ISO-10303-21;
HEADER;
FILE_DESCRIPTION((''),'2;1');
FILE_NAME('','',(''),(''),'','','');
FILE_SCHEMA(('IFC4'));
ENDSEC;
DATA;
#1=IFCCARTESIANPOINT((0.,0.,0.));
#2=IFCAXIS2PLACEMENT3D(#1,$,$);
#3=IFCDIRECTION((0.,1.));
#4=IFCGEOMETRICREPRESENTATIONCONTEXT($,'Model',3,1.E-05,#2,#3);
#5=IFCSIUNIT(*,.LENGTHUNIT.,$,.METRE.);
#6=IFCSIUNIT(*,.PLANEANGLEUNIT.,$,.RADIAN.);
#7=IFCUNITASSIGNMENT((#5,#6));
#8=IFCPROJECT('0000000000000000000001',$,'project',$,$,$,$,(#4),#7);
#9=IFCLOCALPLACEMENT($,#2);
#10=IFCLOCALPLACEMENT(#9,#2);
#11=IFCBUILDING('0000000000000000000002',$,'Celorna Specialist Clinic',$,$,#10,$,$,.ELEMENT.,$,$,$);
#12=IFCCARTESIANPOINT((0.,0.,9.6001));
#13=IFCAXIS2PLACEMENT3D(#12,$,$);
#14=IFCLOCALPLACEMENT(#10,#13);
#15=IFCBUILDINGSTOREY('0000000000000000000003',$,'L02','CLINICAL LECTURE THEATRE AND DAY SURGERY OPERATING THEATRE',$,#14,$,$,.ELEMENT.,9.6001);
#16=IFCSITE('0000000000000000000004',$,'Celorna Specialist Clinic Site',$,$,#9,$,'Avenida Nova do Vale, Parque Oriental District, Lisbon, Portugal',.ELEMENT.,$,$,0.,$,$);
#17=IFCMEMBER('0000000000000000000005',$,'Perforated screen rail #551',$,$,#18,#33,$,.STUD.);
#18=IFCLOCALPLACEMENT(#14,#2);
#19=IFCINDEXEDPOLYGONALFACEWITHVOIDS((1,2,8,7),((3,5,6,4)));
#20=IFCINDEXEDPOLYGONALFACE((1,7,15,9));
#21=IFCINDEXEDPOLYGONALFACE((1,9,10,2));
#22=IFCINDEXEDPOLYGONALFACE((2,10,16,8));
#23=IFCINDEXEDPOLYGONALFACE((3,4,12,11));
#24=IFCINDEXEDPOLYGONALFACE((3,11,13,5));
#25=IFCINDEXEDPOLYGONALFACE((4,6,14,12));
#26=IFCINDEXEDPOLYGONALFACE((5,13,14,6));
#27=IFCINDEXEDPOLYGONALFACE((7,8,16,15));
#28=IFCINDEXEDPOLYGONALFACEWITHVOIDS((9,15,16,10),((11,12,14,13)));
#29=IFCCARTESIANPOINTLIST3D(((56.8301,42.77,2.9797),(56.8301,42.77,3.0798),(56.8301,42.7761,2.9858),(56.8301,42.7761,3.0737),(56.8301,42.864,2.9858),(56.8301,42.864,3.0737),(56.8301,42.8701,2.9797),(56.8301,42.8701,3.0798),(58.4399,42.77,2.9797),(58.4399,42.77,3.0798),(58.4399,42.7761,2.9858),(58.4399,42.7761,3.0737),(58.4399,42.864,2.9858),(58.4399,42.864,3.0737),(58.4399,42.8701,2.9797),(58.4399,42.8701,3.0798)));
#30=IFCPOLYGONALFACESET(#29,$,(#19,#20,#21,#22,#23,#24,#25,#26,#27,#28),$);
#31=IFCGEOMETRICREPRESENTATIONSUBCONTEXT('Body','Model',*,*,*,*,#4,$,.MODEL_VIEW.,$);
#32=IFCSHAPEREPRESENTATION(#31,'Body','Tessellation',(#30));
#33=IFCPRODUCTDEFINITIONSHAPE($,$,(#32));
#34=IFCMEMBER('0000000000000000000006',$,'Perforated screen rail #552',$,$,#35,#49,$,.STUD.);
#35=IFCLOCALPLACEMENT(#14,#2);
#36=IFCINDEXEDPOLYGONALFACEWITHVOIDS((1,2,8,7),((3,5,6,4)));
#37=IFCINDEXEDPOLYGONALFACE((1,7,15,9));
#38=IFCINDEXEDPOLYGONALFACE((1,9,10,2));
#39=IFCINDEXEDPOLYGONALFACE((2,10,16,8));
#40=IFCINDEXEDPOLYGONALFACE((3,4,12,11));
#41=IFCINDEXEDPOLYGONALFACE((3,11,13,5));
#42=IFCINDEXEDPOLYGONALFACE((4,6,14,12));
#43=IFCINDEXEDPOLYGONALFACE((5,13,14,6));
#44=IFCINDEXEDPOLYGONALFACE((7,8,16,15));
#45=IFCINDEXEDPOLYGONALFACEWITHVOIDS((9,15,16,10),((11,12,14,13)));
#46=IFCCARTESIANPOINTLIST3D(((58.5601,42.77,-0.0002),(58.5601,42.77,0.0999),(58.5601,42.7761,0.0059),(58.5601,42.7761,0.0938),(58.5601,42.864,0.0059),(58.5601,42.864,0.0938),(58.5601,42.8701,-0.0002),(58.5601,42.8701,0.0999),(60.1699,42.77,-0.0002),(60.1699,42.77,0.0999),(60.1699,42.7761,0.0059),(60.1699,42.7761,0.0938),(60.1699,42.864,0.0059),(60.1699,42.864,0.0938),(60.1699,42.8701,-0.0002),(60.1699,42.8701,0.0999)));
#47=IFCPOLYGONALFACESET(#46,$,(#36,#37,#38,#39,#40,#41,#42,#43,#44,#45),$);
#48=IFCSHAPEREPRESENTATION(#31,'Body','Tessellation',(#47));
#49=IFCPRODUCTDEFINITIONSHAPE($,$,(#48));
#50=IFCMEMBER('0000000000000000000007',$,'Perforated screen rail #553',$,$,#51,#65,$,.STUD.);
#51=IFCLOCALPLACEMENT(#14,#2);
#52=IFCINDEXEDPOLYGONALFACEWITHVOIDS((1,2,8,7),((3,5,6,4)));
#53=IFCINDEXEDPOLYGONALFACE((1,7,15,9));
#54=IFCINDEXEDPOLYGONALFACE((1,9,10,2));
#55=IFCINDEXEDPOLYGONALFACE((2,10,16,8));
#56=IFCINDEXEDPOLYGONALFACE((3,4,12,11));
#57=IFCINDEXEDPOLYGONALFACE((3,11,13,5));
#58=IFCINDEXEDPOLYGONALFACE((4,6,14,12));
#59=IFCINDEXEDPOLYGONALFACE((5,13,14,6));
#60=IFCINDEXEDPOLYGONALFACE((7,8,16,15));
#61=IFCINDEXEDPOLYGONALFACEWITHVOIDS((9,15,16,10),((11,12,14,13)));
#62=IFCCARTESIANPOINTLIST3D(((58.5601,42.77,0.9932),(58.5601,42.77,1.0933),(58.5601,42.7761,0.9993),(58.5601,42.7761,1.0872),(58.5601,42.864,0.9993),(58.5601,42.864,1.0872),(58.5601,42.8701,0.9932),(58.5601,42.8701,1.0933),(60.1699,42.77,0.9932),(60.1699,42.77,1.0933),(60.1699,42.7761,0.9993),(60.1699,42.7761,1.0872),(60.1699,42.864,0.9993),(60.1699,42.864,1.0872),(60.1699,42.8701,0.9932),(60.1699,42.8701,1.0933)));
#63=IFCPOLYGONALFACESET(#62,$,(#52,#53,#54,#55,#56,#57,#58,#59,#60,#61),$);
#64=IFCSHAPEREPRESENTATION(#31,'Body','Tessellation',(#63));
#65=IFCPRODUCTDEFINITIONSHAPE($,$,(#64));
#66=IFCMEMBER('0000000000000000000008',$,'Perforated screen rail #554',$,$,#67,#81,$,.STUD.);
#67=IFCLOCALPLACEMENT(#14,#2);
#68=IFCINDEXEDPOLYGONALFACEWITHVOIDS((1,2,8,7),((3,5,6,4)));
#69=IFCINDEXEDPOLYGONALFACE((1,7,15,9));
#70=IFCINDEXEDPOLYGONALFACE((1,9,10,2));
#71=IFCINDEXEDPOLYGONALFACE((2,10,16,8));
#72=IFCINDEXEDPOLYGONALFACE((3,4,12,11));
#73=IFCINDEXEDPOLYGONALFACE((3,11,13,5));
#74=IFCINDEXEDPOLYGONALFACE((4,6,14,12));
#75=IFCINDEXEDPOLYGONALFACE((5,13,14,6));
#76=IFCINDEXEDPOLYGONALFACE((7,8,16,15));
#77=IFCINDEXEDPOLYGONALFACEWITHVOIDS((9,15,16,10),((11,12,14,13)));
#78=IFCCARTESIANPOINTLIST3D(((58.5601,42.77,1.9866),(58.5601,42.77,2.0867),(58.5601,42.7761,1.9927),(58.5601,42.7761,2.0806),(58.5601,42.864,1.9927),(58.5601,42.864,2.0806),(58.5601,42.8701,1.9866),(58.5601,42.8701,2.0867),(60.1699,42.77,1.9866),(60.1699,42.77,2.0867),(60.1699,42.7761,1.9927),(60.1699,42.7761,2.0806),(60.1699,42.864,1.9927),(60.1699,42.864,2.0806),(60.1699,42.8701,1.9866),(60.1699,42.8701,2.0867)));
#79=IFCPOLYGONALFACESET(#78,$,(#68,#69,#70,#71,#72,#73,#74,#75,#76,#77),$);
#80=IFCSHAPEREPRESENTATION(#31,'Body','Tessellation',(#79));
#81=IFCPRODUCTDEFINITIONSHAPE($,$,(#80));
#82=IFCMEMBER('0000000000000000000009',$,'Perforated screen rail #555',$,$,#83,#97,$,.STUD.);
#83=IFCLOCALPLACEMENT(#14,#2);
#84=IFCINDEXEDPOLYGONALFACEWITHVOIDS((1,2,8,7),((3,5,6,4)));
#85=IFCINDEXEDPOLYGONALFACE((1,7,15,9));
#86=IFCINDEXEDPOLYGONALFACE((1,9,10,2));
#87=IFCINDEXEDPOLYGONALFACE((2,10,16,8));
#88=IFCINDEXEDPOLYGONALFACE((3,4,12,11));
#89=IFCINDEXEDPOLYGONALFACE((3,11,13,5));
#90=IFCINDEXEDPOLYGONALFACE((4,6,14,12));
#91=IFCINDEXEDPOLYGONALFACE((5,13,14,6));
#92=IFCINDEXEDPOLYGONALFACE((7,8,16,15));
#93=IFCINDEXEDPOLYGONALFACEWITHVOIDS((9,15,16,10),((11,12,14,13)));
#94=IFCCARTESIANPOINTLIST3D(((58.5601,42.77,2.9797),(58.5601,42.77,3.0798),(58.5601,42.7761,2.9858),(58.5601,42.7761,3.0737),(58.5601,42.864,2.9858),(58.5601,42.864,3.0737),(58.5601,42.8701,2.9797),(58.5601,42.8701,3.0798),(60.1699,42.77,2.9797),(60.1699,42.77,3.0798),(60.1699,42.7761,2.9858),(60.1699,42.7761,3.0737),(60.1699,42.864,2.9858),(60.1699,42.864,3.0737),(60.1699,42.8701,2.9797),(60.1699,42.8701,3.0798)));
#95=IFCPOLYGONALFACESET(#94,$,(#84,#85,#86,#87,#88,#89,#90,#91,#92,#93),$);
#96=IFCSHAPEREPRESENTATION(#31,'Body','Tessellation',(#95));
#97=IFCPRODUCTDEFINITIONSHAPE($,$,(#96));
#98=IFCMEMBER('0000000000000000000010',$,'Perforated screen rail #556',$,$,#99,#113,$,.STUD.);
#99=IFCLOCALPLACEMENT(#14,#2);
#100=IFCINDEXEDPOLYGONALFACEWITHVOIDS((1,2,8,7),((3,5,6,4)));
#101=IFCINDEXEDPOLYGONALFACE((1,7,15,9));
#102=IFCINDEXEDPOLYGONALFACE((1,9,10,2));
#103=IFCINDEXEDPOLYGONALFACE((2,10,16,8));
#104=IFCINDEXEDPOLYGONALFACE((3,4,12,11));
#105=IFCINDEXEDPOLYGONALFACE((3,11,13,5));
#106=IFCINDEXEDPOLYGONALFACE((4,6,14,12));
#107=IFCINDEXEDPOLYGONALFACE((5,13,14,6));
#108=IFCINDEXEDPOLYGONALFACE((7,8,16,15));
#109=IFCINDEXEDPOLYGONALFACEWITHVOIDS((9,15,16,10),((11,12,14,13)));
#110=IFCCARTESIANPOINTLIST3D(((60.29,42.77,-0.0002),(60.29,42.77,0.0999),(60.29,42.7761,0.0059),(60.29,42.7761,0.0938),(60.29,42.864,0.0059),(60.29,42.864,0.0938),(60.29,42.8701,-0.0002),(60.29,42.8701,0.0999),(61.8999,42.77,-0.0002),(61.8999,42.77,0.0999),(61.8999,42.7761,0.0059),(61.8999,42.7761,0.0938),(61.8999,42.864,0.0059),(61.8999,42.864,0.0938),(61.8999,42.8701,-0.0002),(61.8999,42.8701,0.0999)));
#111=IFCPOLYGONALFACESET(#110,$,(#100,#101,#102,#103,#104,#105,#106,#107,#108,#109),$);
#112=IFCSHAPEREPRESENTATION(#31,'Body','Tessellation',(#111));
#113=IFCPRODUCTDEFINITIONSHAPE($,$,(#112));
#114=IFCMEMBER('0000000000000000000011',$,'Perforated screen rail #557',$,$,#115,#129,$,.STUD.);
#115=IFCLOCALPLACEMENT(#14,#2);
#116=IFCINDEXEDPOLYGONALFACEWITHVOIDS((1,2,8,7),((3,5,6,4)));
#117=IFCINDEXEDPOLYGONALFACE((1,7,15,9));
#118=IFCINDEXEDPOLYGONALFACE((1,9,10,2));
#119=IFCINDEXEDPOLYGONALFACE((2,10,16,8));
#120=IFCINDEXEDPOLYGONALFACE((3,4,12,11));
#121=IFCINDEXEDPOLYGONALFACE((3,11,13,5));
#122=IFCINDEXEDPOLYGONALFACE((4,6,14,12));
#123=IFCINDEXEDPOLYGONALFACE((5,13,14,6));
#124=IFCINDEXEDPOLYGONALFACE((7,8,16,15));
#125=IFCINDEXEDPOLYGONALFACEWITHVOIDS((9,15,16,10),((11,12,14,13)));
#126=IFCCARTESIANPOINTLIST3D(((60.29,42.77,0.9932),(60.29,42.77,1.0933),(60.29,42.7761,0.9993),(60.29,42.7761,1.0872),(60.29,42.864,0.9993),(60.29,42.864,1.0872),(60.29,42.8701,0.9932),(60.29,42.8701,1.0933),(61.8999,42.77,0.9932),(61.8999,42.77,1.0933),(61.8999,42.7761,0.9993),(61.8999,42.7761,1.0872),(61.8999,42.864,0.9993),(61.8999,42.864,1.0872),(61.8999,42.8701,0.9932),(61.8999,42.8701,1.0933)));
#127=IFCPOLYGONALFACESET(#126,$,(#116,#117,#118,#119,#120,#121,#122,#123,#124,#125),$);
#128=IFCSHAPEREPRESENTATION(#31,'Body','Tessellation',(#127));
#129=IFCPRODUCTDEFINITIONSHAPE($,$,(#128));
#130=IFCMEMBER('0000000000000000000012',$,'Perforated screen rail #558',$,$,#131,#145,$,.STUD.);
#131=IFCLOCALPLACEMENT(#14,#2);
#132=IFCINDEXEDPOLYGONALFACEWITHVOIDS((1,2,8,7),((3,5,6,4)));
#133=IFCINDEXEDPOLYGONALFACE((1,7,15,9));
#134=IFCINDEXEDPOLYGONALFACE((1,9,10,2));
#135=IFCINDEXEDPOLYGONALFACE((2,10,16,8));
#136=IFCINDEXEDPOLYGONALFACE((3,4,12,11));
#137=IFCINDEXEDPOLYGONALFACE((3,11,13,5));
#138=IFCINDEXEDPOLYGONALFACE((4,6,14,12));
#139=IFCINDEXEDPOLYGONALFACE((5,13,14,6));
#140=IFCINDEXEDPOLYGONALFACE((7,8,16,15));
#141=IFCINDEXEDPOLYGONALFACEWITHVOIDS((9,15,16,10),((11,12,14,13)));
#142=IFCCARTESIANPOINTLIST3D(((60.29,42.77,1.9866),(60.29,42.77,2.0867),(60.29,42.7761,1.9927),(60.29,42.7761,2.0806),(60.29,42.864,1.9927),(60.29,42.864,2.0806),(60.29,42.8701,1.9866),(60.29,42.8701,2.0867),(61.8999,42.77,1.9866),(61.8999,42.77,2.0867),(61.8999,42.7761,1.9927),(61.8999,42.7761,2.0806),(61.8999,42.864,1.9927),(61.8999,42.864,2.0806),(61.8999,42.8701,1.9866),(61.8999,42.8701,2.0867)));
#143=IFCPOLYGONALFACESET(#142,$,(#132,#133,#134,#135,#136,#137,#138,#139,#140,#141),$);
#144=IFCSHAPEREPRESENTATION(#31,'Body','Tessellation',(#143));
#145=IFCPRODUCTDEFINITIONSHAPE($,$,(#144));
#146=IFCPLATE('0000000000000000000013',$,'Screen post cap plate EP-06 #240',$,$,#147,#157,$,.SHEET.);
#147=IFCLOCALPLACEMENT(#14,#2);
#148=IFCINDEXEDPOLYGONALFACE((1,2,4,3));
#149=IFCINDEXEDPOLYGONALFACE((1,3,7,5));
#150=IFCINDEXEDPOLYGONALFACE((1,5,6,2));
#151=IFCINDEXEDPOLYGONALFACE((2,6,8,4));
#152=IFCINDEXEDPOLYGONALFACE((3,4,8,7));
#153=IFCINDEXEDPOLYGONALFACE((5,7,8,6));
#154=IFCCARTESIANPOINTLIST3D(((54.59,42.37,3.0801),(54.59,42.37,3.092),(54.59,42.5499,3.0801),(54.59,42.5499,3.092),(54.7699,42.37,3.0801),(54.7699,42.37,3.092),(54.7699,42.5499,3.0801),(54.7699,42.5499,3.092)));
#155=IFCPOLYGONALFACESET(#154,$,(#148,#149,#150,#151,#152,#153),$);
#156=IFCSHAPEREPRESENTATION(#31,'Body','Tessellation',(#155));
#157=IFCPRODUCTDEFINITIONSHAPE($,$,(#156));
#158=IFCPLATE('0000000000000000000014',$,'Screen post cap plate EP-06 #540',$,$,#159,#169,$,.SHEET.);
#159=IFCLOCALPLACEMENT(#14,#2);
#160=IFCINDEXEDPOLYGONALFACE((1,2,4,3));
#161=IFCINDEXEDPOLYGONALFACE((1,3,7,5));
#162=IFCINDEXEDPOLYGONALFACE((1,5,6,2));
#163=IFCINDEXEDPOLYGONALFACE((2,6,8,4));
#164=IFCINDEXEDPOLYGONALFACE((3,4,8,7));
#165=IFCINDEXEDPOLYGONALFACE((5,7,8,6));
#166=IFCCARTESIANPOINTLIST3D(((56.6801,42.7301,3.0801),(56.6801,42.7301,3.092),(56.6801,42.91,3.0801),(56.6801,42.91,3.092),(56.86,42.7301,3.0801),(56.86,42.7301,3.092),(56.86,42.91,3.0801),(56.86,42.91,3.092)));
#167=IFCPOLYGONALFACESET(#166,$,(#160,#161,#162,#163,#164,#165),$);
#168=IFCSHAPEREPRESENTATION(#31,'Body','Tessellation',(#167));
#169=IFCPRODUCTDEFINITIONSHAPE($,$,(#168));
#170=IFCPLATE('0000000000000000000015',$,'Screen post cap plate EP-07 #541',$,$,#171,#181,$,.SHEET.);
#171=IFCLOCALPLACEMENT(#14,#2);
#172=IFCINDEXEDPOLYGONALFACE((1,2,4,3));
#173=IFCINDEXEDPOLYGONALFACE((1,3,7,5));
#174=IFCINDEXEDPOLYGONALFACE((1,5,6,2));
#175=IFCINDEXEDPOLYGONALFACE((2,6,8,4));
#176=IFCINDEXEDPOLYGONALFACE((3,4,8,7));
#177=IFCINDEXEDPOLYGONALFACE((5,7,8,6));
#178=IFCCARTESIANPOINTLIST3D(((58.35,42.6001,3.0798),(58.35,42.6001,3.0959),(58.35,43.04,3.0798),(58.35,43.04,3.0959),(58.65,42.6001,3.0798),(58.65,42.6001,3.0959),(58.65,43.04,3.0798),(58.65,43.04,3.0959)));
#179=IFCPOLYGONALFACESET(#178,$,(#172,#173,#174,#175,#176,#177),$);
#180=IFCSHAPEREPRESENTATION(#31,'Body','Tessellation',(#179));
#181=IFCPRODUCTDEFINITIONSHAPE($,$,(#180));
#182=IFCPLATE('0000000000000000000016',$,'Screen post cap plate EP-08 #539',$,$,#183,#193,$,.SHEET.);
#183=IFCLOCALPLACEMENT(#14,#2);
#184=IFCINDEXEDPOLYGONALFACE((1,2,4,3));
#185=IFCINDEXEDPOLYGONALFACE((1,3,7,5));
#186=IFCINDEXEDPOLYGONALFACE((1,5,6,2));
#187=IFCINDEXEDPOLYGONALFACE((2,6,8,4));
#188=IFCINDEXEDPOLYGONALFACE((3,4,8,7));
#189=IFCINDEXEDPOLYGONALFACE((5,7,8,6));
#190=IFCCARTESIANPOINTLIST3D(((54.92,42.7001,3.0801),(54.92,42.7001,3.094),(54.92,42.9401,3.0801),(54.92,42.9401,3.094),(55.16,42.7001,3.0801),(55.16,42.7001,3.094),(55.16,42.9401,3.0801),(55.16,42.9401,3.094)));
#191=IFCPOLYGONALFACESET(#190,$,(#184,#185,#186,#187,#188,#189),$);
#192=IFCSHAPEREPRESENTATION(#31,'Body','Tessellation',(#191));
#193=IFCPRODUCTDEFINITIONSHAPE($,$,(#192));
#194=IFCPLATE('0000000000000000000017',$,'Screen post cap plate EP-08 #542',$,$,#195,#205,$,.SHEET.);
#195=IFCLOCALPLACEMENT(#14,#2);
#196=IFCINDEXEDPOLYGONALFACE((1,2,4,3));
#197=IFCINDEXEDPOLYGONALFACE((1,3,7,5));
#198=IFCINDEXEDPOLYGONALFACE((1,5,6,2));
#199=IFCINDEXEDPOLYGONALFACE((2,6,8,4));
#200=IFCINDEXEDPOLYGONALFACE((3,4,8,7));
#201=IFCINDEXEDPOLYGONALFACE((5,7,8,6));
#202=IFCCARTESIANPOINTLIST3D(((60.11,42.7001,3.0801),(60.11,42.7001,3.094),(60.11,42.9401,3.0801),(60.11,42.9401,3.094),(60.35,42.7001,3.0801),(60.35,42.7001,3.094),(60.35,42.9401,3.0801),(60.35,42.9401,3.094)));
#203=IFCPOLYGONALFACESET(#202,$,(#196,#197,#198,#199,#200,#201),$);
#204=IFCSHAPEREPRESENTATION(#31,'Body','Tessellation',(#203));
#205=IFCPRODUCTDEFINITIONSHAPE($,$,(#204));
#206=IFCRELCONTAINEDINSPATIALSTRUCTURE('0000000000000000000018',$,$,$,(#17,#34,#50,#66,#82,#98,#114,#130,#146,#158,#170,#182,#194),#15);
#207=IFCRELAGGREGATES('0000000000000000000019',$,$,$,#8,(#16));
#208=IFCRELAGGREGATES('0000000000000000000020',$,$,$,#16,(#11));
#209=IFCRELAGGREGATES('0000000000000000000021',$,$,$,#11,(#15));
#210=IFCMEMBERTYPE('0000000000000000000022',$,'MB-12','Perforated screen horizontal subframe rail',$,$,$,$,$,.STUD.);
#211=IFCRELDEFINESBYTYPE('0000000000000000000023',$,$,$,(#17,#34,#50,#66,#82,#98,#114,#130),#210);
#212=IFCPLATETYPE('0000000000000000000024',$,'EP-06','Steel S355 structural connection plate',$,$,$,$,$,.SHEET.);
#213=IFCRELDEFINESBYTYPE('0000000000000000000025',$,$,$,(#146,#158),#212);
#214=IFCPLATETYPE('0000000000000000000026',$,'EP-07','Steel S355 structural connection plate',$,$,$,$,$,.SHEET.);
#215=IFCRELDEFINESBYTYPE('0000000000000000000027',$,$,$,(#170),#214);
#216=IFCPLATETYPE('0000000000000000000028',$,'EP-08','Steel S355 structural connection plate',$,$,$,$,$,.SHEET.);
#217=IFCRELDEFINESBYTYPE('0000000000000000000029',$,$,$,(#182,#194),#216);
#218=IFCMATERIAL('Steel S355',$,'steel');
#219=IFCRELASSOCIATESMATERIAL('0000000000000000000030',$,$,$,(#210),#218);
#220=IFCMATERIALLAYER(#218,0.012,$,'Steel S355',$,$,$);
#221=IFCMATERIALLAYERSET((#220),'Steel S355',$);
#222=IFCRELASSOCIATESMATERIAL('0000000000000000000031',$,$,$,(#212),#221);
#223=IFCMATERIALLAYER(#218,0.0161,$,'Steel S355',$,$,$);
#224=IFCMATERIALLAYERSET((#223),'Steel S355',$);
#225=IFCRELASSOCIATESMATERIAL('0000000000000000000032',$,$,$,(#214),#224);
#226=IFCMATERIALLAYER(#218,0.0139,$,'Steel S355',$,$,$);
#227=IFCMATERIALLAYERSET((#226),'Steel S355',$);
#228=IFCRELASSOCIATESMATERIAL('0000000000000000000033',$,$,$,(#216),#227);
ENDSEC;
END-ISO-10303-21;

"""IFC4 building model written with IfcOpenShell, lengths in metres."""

from ifc_helpers import new_model, si_unit, direction, frame, origin, origin_2d, place, context, subcontext, project, spatial, rectangle, hollow_rectangle, extrude, material, layer, layer_set, material_profile, profile_set, type_object, element, save


model = new_model("IFC4")

# Units and contexts
model_context = context("Model", 3, precision=1e-05, world=origin(), true_north=direction((0.0, 1.0)))
body_context = subcontext(model_context, "Body", "Model", "MODEL_VIEW")
ifc_project = project(units=[si_unit("LENGTHUNIT", "METRE"), si_unit("PLANEANGLEUNIT", "RADIAN")], contexts=[model_context])

# Site, building, storey
site_placement = place(None, origin())
site = spatial("IfcSite", under=ifc_project, at=site_placement, Name="Celorna Specialist Clinic Site", LongName="Avenida Nova do Vale, Parque Oriental District, Lisbon, Portugal", CompositionType="ELEMENT", RefElevation=0.0)
building_placement = place(site_placement, origin())
building = spatial("IfcBuilding", under=site, at=building_placement, Name="Celorna Specialist Clinic", CompositionType="ELEMENT")
storey_placement = place(building_placement, frame((0.0, 0.0, 9.6001)))
storey = spatial("IfcBuildingStorey", under=building, at=storey_placement, Name="L02", Description="CLINICAL LECTURE THEATRE AND DAY SURGERY OPERATING THEATRE", CompositionType="ELEMENT", Elevation=9.6001)

# Members
ifc_material_1 = material(Name="Steel S355", Category="steel")
ifc_material_profile_1 = material_profile(ifc_material_1, hollow_rectangle(XDim=0.1001, YDim=0.1001, WallThickness=0.0061, at=origin_2d()), Name="SHS 100x100x6")
ifc_profile_set_1 = profile_set([ifc_material_profile_1], Name="Steel S355")
member_type_1 = type_object("IfcMemberType", Name="MB-12", Description="Perforated screen horizontal subframe rail", PredefinedType="STUD", material=ifc_profile_set_1)
for number, where, z_axis, x_axis, name in (
    (1, (56.8301, 42.8201, 3.0298), (1.0, 0.0, 0.0), (0.0, 1.0, 0.0), "Perforated screen rail #551"),
    (2, (58.5601, 42.8201, 0.0498), (1.0, 0.0, 0.0), (0.0, 1.0, 0.0), "Perforated screen rail #552"),
    (3, (58.5601, 42.8201, 1.0432), (1.0, 0.0, 0.0), (0.0, 1.0, 0.0), "Perforated screen rail #553"),
    (4, (58.5601, 42.8201, 2.0366), (1.0, 0.0, 0.0), (0.0, 1.0, 0.0), "Perforated screen rail #554"),
    (5, (58.5601, 42.8201, 3.0298), (1.0, 0.0, 0.0), (0.0, 1.0, 0.0), "Perforated screen rail #555"),
    (6, (60.29, 42.8201, 0.0498), (1.0, 0.0, 0.0), (0.0, 1.0, 0.0), "Perforated screen rail #556"),
    (7, (60.29, 42.8201, 1.0432), (1.0, 0.0, 0.0), (0.0, 1.0, 0.0), "Perforated screen rail #557"),
    (8, (60.29, 42.8201, 2.0366), (1.0, 0.0, 0.0), (0.0, 1.0, 0.0), "Perforated screen rail #558"),
):
    element("IfcMember", number, at=place(storey_placement, frame(where, z_axis=z_axis, x_axis=x_axis)), inside=storey, type_object=member_type_1, Name=name, PredefinedType="STUD", context=body_context, shape_type="SweptSolid", body=[
        extrude(hollow_rectangle(XDim=0.1001, YDim=0.1001, WallThickness=0.0061, at=origin_2d()), origin(), (0.0, 0.0, 1.0), 1.6099),
    ])

# Plates
ifc_layer_1 = layer(ifc_material_1, 0.012, Name="Steel S355")
ifc_layer_set_1 = layer_set([ifc_layer_1], Name="Steel S355")
plate_type_1 = type_object("IfcPlateType", Name="EP-06", Description="Steel S355 structural connection plate", PredefinedType="SHEET", material=ifc_layer_set_1)
for number, where, z_axis, x_axis, name in (
    (9, (54.6799, 42.46, 3.0801), (0.0, 0.0, 1.0), (0.0, 1.0, 0.0), "Screen post cap plate EP-06 #240"),
    (10, (56.77, 42.8201, 3.0801), (0.0, 0.0, 1.0), (1.0, 0.0, 0.0), "Screen post cap plate EP-06 #540"),
):
    element("IfcPlate", number, at=place(storey_placement, frame(where, z_axis=z_axis, x_axis=x_axis)), inside=storey, type_object=plate_type_1, Name=name, PredefinedType="SHEET", context=body_context, shape_type="SweptSolid", body=[
        extrude(rectangle(XDim=0.1799, YDim=0.1799, at=origin_2d()), origin(), (0.0, 0.0, 1.0), 0.012),
    ])
ifc_layer_2 = layer(ifc_material_1, 0.0161, Name="Steel S355")
ifc_layer_set_2 = layer_set([ifc_layer_2], Name="Steel S355")
plate_type_2 = type_object("IfcPlateType", Name="EP-07", Description="Steel S355 structural connection plate", PredefinedType="SHEET", material=ifc_layer_set_2)
plate_placement = place(storey_placement, frame((58.5, 42.8201, 3.0798), z_axis=(0.0, 0.0, 1.0), x_axis=(1.0, 0.0, 0.0)))
element("IfcPlate", 11, at=plate_placement, inside=storey, type_object=plate_type_2, Name="Screen post cap plate EP-07 #541", PredefinedType="SHEET", context=body_context, shape_type="SweptSolid", body=[
    extrude(rectangle(XDim=0.3, YDim=0.4399, at=origin_2d()), origin(), (0.0, 0.0, 1.0), 0.0161),
])
ifc_layer_3 = layer(ifc_material_1, 0.0139, Name="Steel S355")
ifc_layer_set_3 = layer_set([ifc_layer_3], Name="Steel S355")
plate_type_3 = type_object("IfcPlateType", Name="EP-08", Description="Steel S355 structural connection plate", PredefinedType="SHEET", material=ifc_layer_set_3)
for number, where, z_axis, x_axis, name in (
    (12, (55.04, 42.8201, 3.0801), (0.0, 0.0, 1.0), (1.0, 0.0, 0.0), "Screen post cap plate EP-08 #539"),
    (13, (60.23, 42.8201, 3.0801), (0.0, 0.0, 1.0), (1.0, 0.0, 0.0), "Screen post cap plate EP-08 #542"),
):
    element("IfcPlate", number, at=place(storey_placement, frame(where, z_axis=z_axis, x_axis=x_axis)), inside=storey, type_object=plate_type_3, Name=name, PredefinedType="SHEET", context=body_context, shape_type="SweptSolid", body=[
        extrude(rectangle(XDim=0.24, YDim=0.24, at=origin_2d()), origin(), (0.0, 0.0, 1.0), 0.0139),
    ])

save(model, "model.ifc")
